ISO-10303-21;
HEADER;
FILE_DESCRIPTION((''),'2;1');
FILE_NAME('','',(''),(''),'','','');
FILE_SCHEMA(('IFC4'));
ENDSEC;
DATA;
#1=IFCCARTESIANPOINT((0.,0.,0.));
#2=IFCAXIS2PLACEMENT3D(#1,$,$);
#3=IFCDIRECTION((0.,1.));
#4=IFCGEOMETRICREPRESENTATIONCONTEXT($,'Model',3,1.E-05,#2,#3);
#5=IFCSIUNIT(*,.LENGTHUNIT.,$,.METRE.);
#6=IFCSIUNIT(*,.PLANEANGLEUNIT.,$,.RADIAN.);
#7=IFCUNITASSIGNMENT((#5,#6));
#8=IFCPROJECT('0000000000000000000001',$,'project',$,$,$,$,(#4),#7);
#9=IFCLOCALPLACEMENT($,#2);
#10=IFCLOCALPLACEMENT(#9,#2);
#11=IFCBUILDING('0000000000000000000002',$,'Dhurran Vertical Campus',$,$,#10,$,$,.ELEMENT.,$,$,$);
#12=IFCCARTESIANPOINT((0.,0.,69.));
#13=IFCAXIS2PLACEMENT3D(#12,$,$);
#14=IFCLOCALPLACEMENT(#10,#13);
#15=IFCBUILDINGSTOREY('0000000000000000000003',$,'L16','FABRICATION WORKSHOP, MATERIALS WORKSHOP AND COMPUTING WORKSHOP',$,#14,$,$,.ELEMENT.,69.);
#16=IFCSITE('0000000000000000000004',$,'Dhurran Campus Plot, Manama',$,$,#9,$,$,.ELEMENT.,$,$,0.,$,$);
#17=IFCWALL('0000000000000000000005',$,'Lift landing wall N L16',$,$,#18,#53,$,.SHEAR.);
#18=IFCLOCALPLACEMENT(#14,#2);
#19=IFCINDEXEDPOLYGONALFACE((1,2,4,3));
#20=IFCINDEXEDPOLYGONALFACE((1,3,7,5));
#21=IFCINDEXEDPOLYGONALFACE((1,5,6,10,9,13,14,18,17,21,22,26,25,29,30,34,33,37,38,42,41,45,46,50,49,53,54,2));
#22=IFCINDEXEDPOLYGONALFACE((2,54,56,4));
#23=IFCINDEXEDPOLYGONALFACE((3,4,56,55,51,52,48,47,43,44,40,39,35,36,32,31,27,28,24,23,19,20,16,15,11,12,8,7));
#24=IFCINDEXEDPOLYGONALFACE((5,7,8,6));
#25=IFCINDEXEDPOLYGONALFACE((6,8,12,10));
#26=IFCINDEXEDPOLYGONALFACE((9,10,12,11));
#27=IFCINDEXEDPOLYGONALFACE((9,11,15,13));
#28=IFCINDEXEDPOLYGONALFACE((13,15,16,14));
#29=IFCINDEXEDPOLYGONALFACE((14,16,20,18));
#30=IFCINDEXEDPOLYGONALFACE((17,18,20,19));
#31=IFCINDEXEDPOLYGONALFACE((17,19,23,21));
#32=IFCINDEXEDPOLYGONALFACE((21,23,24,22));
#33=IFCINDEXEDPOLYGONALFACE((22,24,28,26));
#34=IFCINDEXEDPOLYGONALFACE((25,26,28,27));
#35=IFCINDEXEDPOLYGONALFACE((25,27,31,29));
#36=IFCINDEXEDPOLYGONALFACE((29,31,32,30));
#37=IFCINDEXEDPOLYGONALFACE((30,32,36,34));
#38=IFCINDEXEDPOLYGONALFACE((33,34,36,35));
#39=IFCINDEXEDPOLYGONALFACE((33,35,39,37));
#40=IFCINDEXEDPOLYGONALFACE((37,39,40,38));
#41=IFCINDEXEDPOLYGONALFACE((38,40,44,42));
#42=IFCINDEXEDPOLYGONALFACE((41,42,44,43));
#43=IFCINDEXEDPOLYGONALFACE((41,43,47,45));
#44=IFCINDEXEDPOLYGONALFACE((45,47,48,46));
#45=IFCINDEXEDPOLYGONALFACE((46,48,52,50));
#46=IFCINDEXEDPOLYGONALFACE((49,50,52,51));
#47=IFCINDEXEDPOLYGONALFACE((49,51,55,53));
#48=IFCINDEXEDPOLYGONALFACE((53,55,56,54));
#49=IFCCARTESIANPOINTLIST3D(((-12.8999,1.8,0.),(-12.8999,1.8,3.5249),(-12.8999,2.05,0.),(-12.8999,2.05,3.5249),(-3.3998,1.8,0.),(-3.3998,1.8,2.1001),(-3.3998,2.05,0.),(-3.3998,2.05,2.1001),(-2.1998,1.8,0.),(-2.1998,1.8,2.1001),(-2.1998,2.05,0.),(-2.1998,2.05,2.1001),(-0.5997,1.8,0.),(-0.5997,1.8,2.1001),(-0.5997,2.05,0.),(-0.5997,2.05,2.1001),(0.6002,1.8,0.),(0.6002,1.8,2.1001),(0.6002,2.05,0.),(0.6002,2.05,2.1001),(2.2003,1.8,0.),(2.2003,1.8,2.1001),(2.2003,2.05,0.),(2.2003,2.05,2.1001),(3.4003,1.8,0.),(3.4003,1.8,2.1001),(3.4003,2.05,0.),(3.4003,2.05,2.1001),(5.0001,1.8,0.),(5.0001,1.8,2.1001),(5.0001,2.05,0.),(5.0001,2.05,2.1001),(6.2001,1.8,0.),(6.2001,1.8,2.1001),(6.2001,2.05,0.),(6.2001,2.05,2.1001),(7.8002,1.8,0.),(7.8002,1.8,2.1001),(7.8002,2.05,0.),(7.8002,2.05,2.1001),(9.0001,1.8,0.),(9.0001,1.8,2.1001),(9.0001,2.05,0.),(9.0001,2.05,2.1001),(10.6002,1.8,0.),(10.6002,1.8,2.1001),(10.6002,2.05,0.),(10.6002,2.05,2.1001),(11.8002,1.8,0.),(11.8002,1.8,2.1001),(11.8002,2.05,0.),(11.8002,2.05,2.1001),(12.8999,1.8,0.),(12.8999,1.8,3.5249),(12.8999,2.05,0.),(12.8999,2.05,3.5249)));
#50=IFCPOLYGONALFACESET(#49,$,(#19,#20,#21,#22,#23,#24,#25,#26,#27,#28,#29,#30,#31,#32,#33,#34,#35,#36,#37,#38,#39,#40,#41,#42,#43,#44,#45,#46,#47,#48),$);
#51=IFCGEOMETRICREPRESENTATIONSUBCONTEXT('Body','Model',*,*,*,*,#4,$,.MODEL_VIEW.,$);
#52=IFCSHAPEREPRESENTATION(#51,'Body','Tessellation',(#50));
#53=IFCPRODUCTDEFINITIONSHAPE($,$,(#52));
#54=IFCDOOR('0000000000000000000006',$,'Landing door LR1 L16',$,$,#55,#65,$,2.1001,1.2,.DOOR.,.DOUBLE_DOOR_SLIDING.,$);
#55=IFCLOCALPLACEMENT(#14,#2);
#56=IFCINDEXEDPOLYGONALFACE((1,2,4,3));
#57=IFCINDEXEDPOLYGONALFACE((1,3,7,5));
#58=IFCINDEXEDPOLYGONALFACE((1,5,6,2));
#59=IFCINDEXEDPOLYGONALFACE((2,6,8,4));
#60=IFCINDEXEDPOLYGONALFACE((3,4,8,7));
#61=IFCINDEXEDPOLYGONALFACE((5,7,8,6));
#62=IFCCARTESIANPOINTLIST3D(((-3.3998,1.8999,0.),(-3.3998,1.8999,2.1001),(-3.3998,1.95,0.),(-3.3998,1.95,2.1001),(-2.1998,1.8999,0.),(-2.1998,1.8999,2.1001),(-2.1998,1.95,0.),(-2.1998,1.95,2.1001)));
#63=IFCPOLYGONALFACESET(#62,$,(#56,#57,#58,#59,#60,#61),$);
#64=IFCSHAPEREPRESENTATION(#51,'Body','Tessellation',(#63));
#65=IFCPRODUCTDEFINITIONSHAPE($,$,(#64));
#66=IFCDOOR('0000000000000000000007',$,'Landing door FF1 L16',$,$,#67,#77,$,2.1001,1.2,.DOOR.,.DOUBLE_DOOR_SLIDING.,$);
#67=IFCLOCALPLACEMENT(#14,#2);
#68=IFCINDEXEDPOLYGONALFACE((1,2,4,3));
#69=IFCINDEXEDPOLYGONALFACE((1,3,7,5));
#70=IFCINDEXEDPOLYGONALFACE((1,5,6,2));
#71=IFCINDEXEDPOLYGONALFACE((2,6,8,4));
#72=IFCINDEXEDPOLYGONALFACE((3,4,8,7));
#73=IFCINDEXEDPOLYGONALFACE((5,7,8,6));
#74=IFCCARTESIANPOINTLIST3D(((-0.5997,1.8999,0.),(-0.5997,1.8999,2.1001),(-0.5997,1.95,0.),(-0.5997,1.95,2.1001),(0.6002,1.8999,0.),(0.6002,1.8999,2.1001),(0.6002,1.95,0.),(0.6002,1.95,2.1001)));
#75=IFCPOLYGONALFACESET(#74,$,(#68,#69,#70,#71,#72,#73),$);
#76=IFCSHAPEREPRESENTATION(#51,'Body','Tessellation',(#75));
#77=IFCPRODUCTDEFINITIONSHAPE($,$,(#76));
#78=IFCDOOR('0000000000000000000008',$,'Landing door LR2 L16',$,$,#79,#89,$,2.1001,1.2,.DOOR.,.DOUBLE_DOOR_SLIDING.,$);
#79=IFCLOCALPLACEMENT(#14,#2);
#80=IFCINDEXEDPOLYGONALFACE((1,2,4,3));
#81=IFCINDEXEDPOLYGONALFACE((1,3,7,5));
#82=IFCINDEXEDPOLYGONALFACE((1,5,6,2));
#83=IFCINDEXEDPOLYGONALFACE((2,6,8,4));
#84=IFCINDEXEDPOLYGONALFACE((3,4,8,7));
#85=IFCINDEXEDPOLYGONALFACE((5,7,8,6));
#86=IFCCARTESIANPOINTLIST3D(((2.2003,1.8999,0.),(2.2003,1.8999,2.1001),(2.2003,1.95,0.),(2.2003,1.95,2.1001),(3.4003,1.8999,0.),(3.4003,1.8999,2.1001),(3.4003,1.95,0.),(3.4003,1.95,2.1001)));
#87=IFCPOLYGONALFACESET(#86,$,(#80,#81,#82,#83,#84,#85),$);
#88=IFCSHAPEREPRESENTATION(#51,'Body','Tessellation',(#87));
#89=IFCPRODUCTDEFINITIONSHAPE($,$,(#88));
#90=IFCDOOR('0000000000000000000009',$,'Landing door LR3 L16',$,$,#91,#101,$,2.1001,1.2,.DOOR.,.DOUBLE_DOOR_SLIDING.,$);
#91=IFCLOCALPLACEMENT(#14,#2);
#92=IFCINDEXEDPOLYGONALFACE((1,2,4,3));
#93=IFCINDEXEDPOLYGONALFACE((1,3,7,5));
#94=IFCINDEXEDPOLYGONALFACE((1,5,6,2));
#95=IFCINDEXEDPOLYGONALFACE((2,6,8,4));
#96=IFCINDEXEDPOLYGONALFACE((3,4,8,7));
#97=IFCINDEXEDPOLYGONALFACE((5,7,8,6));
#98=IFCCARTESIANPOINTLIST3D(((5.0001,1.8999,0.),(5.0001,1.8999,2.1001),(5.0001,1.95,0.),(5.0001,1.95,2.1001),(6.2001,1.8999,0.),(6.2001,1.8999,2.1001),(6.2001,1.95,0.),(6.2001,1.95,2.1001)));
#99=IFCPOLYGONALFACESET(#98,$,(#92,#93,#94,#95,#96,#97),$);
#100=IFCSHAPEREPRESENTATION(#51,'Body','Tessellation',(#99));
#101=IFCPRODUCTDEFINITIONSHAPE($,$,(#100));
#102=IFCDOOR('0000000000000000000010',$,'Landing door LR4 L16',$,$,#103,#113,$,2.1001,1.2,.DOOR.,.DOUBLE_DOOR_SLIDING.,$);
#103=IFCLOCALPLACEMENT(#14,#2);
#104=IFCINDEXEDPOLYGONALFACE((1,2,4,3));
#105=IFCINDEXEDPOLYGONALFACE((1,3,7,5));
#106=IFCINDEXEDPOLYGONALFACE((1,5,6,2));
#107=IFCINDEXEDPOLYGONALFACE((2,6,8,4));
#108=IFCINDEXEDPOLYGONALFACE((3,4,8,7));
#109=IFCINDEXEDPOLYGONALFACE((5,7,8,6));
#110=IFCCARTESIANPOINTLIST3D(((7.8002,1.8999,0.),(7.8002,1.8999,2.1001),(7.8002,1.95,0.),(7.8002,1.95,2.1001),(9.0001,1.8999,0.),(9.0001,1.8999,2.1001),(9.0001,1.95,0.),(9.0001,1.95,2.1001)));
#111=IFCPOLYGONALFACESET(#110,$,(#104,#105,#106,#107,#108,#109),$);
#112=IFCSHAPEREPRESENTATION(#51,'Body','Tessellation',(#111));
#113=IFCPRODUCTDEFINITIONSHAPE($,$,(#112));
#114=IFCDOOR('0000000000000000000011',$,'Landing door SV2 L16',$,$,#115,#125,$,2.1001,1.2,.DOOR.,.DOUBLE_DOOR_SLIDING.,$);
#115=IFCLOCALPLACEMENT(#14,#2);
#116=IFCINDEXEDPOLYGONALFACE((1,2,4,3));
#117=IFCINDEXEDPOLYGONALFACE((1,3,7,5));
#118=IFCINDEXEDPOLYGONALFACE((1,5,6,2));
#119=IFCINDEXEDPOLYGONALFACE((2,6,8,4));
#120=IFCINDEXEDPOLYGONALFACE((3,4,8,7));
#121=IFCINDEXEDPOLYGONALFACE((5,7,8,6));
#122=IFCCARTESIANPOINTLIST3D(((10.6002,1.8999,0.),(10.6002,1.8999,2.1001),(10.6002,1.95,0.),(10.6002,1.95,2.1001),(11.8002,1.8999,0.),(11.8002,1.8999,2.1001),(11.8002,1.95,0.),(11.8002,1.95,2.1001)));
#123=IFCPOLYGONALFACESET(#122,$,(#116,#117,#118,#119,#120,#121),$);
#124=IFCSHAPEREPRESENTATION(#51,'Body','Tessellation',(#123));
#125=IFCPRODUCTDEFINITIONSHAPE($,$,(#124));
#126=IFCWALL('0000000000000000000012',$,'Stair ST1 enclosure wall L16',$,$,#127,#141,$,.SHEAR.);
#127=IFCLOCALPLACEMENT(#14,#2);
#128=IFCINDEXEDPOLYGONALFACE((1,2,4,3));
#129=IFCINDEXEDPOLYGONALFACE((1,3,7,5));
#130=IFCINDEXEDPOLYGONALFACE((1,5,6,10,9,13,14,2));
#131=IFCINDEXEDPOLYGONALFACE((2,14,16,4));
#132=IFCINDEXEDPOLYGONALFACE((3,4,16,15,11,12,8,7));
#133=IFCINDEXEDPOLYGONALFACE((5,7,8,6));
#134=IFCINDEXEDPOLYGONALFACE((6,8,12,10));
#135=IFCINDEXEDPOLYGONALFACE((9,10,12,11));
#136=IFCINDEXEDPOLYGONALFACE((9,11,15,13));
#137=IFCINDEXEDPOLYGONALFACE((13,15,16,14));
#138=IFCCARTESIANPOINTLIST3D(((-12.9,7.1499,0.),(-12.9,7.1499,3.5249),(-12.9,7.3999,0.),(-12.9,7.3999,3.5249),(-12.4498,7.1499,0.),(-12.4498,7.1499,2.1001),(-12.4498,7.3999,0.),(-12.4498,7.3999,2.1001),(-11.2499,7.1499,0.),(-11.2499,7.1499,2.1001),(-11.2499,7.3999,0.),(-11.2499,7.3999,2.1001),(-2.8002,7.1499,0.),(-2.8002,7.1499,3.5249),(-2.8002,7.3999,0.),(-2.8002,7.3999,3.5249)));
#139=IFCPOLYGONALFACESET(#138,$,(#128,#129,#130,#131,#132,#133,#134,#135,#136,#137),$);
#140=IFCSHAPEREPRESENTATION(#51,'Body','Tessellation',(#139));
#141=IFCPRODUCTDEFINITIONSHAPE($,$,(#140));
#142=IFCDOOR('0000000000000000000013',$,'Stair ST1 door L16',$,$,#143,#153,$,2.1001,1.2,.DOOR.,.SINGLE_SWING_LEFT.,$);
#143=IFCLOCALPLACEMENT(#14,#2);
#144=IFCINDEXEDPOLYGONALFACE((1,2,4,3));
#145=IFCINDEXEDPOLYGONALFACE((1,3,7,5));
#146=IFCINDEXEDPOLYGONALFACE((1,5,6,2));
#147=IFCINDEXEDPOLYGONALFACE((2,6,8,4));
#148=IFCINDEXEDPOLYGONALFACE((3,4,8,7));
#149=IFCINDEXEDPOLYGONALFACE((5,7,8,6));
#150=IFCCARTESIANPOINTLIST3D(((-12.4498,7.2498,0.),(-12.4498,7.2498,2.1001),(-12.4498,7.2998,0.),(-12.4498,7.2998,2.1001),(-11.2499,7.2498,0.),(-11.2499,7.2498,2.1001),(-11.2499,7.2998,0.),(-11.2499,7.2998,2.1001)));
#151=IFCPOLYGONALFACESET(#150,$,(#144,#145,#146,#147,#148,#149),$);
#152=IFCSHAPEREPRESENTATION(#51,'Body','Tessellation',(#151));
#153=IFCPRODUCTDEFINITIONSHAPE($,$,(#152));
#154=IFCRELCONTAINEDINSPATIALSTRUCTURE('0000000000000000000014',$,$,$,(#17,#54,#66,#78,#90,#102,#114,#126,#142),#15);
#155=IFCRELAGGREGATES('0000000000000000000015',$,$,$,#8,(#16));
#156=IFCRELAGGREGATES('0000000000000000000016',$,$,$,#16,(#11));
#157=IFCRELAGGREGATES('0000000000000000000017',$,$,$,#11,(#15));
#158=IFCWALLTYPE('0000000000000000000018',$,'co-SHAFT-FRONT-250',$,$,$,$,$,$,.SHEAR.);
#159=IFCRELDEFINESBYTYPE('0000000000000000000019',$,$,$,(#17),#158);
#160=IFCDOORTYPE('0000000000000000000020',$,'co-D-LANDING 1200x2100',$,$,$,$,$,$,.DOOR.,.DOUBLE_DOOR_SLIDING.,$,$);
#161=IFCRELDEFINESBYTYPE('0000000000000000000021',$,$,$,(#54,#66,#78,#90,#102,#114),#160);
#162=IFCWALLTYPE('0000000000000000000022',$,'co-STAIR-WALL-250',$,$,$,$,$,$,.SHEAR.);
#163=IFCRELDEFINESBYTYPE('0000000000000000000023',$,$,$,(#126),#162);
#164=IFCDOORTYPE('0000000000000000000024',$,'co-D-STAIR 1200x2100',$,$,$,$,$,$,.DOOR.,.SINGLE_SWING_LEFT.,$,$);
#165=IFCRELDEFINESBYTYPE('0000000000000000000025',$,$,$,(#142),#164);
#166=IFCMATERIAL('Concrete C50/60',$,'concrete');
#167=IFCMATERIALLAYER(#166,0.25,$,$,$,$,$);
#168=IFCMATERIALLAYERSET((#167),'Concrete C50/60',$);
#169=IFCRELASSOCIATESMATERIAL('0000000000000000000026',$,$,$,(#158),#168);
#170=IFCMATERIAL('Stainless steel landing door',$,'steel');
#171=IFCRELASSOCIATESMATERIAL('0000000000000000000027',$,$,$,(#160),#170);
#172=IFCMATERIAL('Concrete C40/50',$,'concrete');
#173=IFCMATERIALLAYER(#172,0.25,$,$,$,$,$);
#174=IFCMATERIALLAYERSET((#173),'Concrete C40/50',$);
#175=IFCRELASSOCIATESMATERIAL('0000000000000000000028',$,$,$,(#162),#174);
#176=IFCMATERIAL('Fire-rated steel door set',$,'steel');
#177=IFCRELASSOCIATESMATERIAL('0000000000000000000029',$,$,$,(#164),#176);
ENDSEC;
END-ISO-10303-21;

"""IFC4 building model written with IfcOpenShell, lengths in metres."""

from ifc_helpers import new_model, si_unit, direction, frame, frame_2d, origin, place, context, subcontext, project, spatial, rectangle, extrude, material, layer, layer_set, type_object, element, fill, save


model = new_model("IFC4")

# Units and contexts
model_context = context("Model", 3, precision=1e-05, world=origin(), true_north=direction((0.0, 1.0)))
body_context = subcontext(model_context, "Body", "Model", "MODEL_VIEW")
ifc_project = project(units=[si_unit("LENGTHUNIT", "METRE"), si_unit("PLANEANGLEUNIT", "RADIAN")], contexts=[model_context])

# Site, building, storey
site_placement = place(None, origin())
site = spatial("IfcSite", under=ifc_project, at=site_placement, Name="Dhurran Campus Plot, Manama", CompositionType="ELEMENT", RefElevation=0.0)
building_placement = place(site_placement, origin())
building = spatial("IfcBuilding", under=site, at=building_placement, Name="Dhurran Vertical Campus", CompositionType="ELEMENT")
storey_placement = place(building_placement, frame((0.0, 0.0, 69.0)))
storey = spatial("IfcBuildingStorey", under=building, at=storey_placement, Name="L16", Description="FABRICATION WORKSHOP, MATERIALS WORKSHOP AND COMPUTING WORKSHOP", CompositionType="ELEMENT", Elevation=69.0)

# Wall, openings, doors
ifc_material_1 = material(Name="Concrete C50/60", Category="concrete")
ifc_layer_1 = layer(ifc_material_1, 0.25)
ifc_layer_set_1 = layer_set([ifc_layer_1], Name="Concrete C50/60")
wall_type_1 = type_object("IfcWallType", Name="co-SHAFT-FRONT-250", PredefinedType="SHEAR", material=ifc_layer_set_1)
wall_1_placement = place(storey_placement, frame((-12.8999, 1.925, 0.0), z_axis=(0.0, 0.0, 1.0), x_axis=(1.0, 0.0, 0.0)))
wall_1 = element("IfcWall", 1, at=wall_1_placement, inside=storey, type_object=wall_type_1, Name="Lift landing wall N L16", PredefinedType="SHEAR", context=body_context, shape_type="SweptSolid", body=[
    extrude(rectangle(XDim=25.7998, YDim=0.25, at=frame_2d((12.8999, 0.0))), origin(), (0.0, 0.0, 1.0), 3.5249),
])
opening_1_placement = place(wall_1_placement, frame((9.5, 0.0, 0.0)))
opening_1 = element("IfcOpeningElement", 2, at=opening_1_placement, cuts=wall_1, PredefinedType="OPENING", context=body_context, shape_type="SweptSolid", body=[
    extrude(rectangle(XDim=1.2, YDim=2.1001, at=frame_2d((0.6001, 1.05))), frame((0.0, 0.135, 0.0), z_axis=(0.0, -1.0, 0.0), x_axis=(1.0, 0.0, 0.0)), (0.0, 0.0, 1.0), 0.27),
])
opening_2_placement = place(wall_1_placement, frame((12.3, 0.0, 0.0)))
opening_2 = element("IfcOpeningElement", 3, at=opening_2_placement, cuts=wall_1, PredefinedType="OPENING", context=body_context, shape_type="SweptSolid", body=[
    extrude(rectangle(XDim=1.2, YDim=2.1001, at=frame_2d((0.6001, 1.05))), frame((0.0, 0.135, 0.0), z_axis=(0.0, -1.0, 0.0), x_axis=(1.0, 0.0, 0.0)), (0.0, 0.0, 1.0), 0.27),
])
opening_3_placement = place(wall_1_placement, frame((15.1001, 0.0, 0.0)))
opening_3 = element("IfcOpeningElement", 4, at=opening_3_placement, cuts=wall_1, PredefinedType="OPENING", context=body_context, shape_type="SweptSolid", body=[
    extrude(rectangle(XDim=1.2, YDim=2.1001, at=frame_2d((0.6001, 1.05))), frame((0.0, 0.135, 0.0), z_axis=(0.0, -1.0, 0.0), x_axis=(1.0, 0.0, 0.0)), (0.0, 0.0, 1.0), 0.27),
])
opening_4_placement = place(wall_1_placement, frame((17.8999, 0.0, 0.0)))
opening_4 = element("IfcOpeningElement", 5, at=opening_4_placement, cuts=wall_1, PredefinedType="OPENING", context=body_context, shape_type="SweptSolid", body=[
    extrude(rectangle(XDim=1.2, YDim=2.1001, at=frame_2d((0.6001, 1.05))), frame((0.0, 0.135, 0.0), z_axis=(0.0, -1.0, 0.0), x_axis=(1.0, 0.0, 0.0)), (0.0, 0.0, 1.0), 0.27),
])
opening_5_placement = place(wall_1_placement, frame((20.7, 0.0, 0.0)))
opening_5 = element("IfcOpeningElement", 6, at=opening_5_placement, cuts=wall_1, PredefinedType="OPENING", context=body_context, shape_type="SweptSolid", body=[
    extrude(rectangle(XDim=1.2, YDim=2.1001, at=frame_2d((0.6001, 1.05))), frame((0.0, 0.135, 0.0), z_axis=(0.0, -1.0, 0.0), x_axis=(1.0, 0.0, 0.0)), (0.0, 0.0, 1.0), 0.27),
])
opening_6_placement = place(wall_1_placement, frame((23.5, 0.0, 0.0)))
opening_6 = element("IfcOpeningElement", 7, at=opening_6_placement, cuts=wall_1, PredefinedType="OPENING", context=body_context, shape_type="SweptSolid", body=[
    extrude(rectangle(XDim=1.2, YDim=2.1001, at=frame_2d((0.6001, 1.05))), frame((0.0, 0.135, 0.0), z_axis=(0.0, -1.0, 0.0), x_axis=(1.0, 0.0, 0.0)), (0.0, 0.0, 1.0), 0.27),
])
ifc_material_2 = material(Name="Stainless steel landing door", Category="steel")
door_type_1 = type_object("IfcDoorType", Name="co-D-LANDING 1200x2100", OperationType="DOUBLE_DOOR_SLIDING", PredefinedType="DOOR", material=ifc_material_2)
door_1_placement = place(opening_1_placement, origin())
door_1 = element("IfcDoor", 8, at=door_1_placement, inside=storey, type_object=door_type_1, Name="Landing door LR1 L16", OperationType="DOUBLE_DOOR_SLIDING", OverallHeight=2.1001, OverallWidth=1.2, PredefinedType="DOOR", context=body_context, shape_type="SweptSolid", body=[
    extrude(rectangle(XDim=1.2, YDim=2.1001, at=frame_2d((0.6001, 1.05))), frame((0.0, 0.0249, 0.0), z_axis=(0.0, -1.0, 0.0), x_axis=(1.0, 0.0, 0.0)), (0.0, 0.0, 1.0), 0.05),
])
fill(opening_1, door_1)
door_2_placement = place(opening_2_placement, origin())
door_2 = element("IfcDoor", 9, at=door_2_placement, inside=storey, type_object=door_type_1, Name="Landing door FF1 L16", OperationType="DOUBLE_DOOR_SLIDING", OverallHeight=2.1001, OverallWidth=1.2, PredefinedType="DOOR", context=body_context, shape_type="SweptSolid", body=[
    extrude(rectangle(XDim=1.2, YDim=2.1001, at=frame_2d((0.6001, 1.05))), frame((0.0, 0.0249, 0.0), z_axis=(0.0, -1.0, 0.0), x_axis=(1.0, 0.0, 0.0)), (0.0, 0.0, 1.0), 0.05),
])
fill(opening_2, door_2)
door_3_placement = place(opening_3_placement, origin())
door_3 = element("IfcDoor", 10, at=door_3_placement, inside=storey, type_object=door_type_1, Name="Landing door LR2 L16", OperationType="DOUBLE_DOOR_SLIDING", OverallHeight=2.1001, OverallWidth=1.2, PredefinedType="DOOR", context=body_context, shape_type="SweptSolid", body=[
    extrude(rectangle(XDim=1.2, YDim=2.1001, at=frame_2d((0.6001, 1.05))), frame((0.0, 0.0249, 0.0), z_axis=(0.0, -1.0, 0.0), x_axis=(1.0, 0.0, 0.0)), (0.0, 0.0, 1.0), 0.05),
])
fill(opening_3, door_3)
door_4_placement = place(opening_4_placement, origin())
door_4 = element("IfcDoor", 11, at=door_4_placement, inside=storey, type_object=door_type_1, Name="Landing door LR3 L16", OperationType="DOUBLE_DOOR_SLIDING", OverallHeight=2.1001, OverallWidth=1.2, PredefinedType="DOOR", context=body_context, shape_type="SweptSolid", body=[
    extrude(rectangle(XDim=1.2, YDim=2.1001, at=frame_2d((0.6001, 1.05))), frame((0.0, 0.0249, 0.0), z_axis=(0.0, -1.0, 0.0), x_axis=(1.0, 0.0, 0.0)), (0.0, 0.0, 1.0), 0.05),
])
fill(opening_4, door_4)
door_5_placement = place(opening_5_placement, origin())
door_5 = element("IfcDoor", 12, at=door_5_placement, inside=storey, type_object=door_type_1, Name="Landing door LR4 L16", OperationType="DOUBLE_DOOR_SLIDING", OverallHeight=2.1001, OverallWidth=1.2, PredefinedType="DOOR", context=body_context, shape_type="SweptSolid", body=[
    extrude(rectangle(XDim=1.2, YDim=2.1001, at=frame_2d((0.6001, 1.05))), frame((0.0, 0.0249, 0.0), z_axis=(0.0, -1.0, 0.0), x_axis=(1.0, 0.0, 0.0)), (0.0, 0.0, 1.0), 0.05),
])
fill(opening_5, door_5)
door_6_placement = place(opening_6_placement, origin())
door_6 = element("IfcDoor", 13, at=door_6_placement, inside=storey, type_object=door_type_1, Name="Landing door SV2 L16", OperationType="DOUBLE_DOOR_SLIDING", OverallHeight=2.1001, OverallWidth=1.2, PredefinedType="DOOR", context=body_context, shape_type="SweptSolid", body=[
    extrude(rectangle(XDim=1.2, YDim=2.1001, at=frame_2d((0.6001, 1.05))), frame((0.0, 0.0249, 0.0), z_axis=(0.0, -1.0, 0.0), x_axis=(1.0, 0.0, 0.0)), (0.0, 0.0, 1.0), 0.05),
])
fill(opening_6, door_6)

# Wall, opening, door
ifc_material_3 = material(Name="Concrete C40/50", Category="concrete")
ifc_layer_2 = layer(ifc_material_3, 0.25)
ifc_layer_set_2 = layer_set([ifc_layer_2], Name="Concrete C40/50")
wall_type_2 = type_object("IfcWallType", Name="co-STAIR-WALL-250", PredefinedType="SHEAR", material=ifc_layer_set_2)
wall_2_placement = place(storey_placement, frame((-12.8999, 7.2749, 0.0), z_axis=(0.0, 0.0, 1.0), x_axis=(1.0, 0.0, 0.0)))
wall_2 = element("IfcWall", 14, at=wall_2_placement, inside=storey, type_object=wall_type_2, Name="Stair ST1 enclosure wall L16", PredefinedType="SHEAR", context=body_context, shape_type="SweptSolid", body=[
    extrude(rectangle(XDim=10.0999, YDim=0.25, at=frame_2d((5.0498, 0.0))), origin(), (0.0, 0.0, 1.0), 3.5249),
])
opening_7_placement = place(wall_2_placement, frame((0.45, 0.0, 0.0)))
opening_7 = element("IfcOpeningElement", 15, at=opening_7_placement, cuts=wall_2, PredefinedType="OPENING", context=body_context, shape_type="SweptSolid", body=[
    extrude(rectangle(XDim=1.2, YDim=2.1001, at=frame_2d((0.6001, 1.05))), frame((0.0, 0.135, 0.0), z_axis=(0.0, -1.0, 0.0), x_axis=(1.0, 0.0, 0.0)), (0.0, 0.0, 1.0), 0.27),
])
ifc_material_4 = material(Name="Fire-rated steel door set", Category="steel")
door_type_2 = type_object("IfcDoorType", Name="co-D-STAIR 1200x2100", OperationType="SINGLE_SWING_LEFT", PredefinedType="DOOR", material=ifc_material_4)
door_7_placement = place(opening_7_placement, origin())
door_7 = element("IfcDoor", 16, at=door_7_placement, inside=storey, type_object=door_type_2, Name="Stair ST1 door L16", OperationType="SINGLE_SWING_LEFT", OverallHeight=2.1001, OverallWidth=1.2, PredefinedType="DOOR", context=body_context, shape_type="SweptSolid", body=[
    extrude(rectangle(XDim=1.2, YDim=2.1001, at=frame_2d((0.6001, 1.05))), frame((0.0, 0.0249, 0.0), z_axis=(0.0, -1.0, 0.0), x_axis=(1.0, 0.0, 0.0)), (0.0, 0.0, 1.0), 0.05),
])
fill(opening_7, door_7)

save(model, "model.ifc")
